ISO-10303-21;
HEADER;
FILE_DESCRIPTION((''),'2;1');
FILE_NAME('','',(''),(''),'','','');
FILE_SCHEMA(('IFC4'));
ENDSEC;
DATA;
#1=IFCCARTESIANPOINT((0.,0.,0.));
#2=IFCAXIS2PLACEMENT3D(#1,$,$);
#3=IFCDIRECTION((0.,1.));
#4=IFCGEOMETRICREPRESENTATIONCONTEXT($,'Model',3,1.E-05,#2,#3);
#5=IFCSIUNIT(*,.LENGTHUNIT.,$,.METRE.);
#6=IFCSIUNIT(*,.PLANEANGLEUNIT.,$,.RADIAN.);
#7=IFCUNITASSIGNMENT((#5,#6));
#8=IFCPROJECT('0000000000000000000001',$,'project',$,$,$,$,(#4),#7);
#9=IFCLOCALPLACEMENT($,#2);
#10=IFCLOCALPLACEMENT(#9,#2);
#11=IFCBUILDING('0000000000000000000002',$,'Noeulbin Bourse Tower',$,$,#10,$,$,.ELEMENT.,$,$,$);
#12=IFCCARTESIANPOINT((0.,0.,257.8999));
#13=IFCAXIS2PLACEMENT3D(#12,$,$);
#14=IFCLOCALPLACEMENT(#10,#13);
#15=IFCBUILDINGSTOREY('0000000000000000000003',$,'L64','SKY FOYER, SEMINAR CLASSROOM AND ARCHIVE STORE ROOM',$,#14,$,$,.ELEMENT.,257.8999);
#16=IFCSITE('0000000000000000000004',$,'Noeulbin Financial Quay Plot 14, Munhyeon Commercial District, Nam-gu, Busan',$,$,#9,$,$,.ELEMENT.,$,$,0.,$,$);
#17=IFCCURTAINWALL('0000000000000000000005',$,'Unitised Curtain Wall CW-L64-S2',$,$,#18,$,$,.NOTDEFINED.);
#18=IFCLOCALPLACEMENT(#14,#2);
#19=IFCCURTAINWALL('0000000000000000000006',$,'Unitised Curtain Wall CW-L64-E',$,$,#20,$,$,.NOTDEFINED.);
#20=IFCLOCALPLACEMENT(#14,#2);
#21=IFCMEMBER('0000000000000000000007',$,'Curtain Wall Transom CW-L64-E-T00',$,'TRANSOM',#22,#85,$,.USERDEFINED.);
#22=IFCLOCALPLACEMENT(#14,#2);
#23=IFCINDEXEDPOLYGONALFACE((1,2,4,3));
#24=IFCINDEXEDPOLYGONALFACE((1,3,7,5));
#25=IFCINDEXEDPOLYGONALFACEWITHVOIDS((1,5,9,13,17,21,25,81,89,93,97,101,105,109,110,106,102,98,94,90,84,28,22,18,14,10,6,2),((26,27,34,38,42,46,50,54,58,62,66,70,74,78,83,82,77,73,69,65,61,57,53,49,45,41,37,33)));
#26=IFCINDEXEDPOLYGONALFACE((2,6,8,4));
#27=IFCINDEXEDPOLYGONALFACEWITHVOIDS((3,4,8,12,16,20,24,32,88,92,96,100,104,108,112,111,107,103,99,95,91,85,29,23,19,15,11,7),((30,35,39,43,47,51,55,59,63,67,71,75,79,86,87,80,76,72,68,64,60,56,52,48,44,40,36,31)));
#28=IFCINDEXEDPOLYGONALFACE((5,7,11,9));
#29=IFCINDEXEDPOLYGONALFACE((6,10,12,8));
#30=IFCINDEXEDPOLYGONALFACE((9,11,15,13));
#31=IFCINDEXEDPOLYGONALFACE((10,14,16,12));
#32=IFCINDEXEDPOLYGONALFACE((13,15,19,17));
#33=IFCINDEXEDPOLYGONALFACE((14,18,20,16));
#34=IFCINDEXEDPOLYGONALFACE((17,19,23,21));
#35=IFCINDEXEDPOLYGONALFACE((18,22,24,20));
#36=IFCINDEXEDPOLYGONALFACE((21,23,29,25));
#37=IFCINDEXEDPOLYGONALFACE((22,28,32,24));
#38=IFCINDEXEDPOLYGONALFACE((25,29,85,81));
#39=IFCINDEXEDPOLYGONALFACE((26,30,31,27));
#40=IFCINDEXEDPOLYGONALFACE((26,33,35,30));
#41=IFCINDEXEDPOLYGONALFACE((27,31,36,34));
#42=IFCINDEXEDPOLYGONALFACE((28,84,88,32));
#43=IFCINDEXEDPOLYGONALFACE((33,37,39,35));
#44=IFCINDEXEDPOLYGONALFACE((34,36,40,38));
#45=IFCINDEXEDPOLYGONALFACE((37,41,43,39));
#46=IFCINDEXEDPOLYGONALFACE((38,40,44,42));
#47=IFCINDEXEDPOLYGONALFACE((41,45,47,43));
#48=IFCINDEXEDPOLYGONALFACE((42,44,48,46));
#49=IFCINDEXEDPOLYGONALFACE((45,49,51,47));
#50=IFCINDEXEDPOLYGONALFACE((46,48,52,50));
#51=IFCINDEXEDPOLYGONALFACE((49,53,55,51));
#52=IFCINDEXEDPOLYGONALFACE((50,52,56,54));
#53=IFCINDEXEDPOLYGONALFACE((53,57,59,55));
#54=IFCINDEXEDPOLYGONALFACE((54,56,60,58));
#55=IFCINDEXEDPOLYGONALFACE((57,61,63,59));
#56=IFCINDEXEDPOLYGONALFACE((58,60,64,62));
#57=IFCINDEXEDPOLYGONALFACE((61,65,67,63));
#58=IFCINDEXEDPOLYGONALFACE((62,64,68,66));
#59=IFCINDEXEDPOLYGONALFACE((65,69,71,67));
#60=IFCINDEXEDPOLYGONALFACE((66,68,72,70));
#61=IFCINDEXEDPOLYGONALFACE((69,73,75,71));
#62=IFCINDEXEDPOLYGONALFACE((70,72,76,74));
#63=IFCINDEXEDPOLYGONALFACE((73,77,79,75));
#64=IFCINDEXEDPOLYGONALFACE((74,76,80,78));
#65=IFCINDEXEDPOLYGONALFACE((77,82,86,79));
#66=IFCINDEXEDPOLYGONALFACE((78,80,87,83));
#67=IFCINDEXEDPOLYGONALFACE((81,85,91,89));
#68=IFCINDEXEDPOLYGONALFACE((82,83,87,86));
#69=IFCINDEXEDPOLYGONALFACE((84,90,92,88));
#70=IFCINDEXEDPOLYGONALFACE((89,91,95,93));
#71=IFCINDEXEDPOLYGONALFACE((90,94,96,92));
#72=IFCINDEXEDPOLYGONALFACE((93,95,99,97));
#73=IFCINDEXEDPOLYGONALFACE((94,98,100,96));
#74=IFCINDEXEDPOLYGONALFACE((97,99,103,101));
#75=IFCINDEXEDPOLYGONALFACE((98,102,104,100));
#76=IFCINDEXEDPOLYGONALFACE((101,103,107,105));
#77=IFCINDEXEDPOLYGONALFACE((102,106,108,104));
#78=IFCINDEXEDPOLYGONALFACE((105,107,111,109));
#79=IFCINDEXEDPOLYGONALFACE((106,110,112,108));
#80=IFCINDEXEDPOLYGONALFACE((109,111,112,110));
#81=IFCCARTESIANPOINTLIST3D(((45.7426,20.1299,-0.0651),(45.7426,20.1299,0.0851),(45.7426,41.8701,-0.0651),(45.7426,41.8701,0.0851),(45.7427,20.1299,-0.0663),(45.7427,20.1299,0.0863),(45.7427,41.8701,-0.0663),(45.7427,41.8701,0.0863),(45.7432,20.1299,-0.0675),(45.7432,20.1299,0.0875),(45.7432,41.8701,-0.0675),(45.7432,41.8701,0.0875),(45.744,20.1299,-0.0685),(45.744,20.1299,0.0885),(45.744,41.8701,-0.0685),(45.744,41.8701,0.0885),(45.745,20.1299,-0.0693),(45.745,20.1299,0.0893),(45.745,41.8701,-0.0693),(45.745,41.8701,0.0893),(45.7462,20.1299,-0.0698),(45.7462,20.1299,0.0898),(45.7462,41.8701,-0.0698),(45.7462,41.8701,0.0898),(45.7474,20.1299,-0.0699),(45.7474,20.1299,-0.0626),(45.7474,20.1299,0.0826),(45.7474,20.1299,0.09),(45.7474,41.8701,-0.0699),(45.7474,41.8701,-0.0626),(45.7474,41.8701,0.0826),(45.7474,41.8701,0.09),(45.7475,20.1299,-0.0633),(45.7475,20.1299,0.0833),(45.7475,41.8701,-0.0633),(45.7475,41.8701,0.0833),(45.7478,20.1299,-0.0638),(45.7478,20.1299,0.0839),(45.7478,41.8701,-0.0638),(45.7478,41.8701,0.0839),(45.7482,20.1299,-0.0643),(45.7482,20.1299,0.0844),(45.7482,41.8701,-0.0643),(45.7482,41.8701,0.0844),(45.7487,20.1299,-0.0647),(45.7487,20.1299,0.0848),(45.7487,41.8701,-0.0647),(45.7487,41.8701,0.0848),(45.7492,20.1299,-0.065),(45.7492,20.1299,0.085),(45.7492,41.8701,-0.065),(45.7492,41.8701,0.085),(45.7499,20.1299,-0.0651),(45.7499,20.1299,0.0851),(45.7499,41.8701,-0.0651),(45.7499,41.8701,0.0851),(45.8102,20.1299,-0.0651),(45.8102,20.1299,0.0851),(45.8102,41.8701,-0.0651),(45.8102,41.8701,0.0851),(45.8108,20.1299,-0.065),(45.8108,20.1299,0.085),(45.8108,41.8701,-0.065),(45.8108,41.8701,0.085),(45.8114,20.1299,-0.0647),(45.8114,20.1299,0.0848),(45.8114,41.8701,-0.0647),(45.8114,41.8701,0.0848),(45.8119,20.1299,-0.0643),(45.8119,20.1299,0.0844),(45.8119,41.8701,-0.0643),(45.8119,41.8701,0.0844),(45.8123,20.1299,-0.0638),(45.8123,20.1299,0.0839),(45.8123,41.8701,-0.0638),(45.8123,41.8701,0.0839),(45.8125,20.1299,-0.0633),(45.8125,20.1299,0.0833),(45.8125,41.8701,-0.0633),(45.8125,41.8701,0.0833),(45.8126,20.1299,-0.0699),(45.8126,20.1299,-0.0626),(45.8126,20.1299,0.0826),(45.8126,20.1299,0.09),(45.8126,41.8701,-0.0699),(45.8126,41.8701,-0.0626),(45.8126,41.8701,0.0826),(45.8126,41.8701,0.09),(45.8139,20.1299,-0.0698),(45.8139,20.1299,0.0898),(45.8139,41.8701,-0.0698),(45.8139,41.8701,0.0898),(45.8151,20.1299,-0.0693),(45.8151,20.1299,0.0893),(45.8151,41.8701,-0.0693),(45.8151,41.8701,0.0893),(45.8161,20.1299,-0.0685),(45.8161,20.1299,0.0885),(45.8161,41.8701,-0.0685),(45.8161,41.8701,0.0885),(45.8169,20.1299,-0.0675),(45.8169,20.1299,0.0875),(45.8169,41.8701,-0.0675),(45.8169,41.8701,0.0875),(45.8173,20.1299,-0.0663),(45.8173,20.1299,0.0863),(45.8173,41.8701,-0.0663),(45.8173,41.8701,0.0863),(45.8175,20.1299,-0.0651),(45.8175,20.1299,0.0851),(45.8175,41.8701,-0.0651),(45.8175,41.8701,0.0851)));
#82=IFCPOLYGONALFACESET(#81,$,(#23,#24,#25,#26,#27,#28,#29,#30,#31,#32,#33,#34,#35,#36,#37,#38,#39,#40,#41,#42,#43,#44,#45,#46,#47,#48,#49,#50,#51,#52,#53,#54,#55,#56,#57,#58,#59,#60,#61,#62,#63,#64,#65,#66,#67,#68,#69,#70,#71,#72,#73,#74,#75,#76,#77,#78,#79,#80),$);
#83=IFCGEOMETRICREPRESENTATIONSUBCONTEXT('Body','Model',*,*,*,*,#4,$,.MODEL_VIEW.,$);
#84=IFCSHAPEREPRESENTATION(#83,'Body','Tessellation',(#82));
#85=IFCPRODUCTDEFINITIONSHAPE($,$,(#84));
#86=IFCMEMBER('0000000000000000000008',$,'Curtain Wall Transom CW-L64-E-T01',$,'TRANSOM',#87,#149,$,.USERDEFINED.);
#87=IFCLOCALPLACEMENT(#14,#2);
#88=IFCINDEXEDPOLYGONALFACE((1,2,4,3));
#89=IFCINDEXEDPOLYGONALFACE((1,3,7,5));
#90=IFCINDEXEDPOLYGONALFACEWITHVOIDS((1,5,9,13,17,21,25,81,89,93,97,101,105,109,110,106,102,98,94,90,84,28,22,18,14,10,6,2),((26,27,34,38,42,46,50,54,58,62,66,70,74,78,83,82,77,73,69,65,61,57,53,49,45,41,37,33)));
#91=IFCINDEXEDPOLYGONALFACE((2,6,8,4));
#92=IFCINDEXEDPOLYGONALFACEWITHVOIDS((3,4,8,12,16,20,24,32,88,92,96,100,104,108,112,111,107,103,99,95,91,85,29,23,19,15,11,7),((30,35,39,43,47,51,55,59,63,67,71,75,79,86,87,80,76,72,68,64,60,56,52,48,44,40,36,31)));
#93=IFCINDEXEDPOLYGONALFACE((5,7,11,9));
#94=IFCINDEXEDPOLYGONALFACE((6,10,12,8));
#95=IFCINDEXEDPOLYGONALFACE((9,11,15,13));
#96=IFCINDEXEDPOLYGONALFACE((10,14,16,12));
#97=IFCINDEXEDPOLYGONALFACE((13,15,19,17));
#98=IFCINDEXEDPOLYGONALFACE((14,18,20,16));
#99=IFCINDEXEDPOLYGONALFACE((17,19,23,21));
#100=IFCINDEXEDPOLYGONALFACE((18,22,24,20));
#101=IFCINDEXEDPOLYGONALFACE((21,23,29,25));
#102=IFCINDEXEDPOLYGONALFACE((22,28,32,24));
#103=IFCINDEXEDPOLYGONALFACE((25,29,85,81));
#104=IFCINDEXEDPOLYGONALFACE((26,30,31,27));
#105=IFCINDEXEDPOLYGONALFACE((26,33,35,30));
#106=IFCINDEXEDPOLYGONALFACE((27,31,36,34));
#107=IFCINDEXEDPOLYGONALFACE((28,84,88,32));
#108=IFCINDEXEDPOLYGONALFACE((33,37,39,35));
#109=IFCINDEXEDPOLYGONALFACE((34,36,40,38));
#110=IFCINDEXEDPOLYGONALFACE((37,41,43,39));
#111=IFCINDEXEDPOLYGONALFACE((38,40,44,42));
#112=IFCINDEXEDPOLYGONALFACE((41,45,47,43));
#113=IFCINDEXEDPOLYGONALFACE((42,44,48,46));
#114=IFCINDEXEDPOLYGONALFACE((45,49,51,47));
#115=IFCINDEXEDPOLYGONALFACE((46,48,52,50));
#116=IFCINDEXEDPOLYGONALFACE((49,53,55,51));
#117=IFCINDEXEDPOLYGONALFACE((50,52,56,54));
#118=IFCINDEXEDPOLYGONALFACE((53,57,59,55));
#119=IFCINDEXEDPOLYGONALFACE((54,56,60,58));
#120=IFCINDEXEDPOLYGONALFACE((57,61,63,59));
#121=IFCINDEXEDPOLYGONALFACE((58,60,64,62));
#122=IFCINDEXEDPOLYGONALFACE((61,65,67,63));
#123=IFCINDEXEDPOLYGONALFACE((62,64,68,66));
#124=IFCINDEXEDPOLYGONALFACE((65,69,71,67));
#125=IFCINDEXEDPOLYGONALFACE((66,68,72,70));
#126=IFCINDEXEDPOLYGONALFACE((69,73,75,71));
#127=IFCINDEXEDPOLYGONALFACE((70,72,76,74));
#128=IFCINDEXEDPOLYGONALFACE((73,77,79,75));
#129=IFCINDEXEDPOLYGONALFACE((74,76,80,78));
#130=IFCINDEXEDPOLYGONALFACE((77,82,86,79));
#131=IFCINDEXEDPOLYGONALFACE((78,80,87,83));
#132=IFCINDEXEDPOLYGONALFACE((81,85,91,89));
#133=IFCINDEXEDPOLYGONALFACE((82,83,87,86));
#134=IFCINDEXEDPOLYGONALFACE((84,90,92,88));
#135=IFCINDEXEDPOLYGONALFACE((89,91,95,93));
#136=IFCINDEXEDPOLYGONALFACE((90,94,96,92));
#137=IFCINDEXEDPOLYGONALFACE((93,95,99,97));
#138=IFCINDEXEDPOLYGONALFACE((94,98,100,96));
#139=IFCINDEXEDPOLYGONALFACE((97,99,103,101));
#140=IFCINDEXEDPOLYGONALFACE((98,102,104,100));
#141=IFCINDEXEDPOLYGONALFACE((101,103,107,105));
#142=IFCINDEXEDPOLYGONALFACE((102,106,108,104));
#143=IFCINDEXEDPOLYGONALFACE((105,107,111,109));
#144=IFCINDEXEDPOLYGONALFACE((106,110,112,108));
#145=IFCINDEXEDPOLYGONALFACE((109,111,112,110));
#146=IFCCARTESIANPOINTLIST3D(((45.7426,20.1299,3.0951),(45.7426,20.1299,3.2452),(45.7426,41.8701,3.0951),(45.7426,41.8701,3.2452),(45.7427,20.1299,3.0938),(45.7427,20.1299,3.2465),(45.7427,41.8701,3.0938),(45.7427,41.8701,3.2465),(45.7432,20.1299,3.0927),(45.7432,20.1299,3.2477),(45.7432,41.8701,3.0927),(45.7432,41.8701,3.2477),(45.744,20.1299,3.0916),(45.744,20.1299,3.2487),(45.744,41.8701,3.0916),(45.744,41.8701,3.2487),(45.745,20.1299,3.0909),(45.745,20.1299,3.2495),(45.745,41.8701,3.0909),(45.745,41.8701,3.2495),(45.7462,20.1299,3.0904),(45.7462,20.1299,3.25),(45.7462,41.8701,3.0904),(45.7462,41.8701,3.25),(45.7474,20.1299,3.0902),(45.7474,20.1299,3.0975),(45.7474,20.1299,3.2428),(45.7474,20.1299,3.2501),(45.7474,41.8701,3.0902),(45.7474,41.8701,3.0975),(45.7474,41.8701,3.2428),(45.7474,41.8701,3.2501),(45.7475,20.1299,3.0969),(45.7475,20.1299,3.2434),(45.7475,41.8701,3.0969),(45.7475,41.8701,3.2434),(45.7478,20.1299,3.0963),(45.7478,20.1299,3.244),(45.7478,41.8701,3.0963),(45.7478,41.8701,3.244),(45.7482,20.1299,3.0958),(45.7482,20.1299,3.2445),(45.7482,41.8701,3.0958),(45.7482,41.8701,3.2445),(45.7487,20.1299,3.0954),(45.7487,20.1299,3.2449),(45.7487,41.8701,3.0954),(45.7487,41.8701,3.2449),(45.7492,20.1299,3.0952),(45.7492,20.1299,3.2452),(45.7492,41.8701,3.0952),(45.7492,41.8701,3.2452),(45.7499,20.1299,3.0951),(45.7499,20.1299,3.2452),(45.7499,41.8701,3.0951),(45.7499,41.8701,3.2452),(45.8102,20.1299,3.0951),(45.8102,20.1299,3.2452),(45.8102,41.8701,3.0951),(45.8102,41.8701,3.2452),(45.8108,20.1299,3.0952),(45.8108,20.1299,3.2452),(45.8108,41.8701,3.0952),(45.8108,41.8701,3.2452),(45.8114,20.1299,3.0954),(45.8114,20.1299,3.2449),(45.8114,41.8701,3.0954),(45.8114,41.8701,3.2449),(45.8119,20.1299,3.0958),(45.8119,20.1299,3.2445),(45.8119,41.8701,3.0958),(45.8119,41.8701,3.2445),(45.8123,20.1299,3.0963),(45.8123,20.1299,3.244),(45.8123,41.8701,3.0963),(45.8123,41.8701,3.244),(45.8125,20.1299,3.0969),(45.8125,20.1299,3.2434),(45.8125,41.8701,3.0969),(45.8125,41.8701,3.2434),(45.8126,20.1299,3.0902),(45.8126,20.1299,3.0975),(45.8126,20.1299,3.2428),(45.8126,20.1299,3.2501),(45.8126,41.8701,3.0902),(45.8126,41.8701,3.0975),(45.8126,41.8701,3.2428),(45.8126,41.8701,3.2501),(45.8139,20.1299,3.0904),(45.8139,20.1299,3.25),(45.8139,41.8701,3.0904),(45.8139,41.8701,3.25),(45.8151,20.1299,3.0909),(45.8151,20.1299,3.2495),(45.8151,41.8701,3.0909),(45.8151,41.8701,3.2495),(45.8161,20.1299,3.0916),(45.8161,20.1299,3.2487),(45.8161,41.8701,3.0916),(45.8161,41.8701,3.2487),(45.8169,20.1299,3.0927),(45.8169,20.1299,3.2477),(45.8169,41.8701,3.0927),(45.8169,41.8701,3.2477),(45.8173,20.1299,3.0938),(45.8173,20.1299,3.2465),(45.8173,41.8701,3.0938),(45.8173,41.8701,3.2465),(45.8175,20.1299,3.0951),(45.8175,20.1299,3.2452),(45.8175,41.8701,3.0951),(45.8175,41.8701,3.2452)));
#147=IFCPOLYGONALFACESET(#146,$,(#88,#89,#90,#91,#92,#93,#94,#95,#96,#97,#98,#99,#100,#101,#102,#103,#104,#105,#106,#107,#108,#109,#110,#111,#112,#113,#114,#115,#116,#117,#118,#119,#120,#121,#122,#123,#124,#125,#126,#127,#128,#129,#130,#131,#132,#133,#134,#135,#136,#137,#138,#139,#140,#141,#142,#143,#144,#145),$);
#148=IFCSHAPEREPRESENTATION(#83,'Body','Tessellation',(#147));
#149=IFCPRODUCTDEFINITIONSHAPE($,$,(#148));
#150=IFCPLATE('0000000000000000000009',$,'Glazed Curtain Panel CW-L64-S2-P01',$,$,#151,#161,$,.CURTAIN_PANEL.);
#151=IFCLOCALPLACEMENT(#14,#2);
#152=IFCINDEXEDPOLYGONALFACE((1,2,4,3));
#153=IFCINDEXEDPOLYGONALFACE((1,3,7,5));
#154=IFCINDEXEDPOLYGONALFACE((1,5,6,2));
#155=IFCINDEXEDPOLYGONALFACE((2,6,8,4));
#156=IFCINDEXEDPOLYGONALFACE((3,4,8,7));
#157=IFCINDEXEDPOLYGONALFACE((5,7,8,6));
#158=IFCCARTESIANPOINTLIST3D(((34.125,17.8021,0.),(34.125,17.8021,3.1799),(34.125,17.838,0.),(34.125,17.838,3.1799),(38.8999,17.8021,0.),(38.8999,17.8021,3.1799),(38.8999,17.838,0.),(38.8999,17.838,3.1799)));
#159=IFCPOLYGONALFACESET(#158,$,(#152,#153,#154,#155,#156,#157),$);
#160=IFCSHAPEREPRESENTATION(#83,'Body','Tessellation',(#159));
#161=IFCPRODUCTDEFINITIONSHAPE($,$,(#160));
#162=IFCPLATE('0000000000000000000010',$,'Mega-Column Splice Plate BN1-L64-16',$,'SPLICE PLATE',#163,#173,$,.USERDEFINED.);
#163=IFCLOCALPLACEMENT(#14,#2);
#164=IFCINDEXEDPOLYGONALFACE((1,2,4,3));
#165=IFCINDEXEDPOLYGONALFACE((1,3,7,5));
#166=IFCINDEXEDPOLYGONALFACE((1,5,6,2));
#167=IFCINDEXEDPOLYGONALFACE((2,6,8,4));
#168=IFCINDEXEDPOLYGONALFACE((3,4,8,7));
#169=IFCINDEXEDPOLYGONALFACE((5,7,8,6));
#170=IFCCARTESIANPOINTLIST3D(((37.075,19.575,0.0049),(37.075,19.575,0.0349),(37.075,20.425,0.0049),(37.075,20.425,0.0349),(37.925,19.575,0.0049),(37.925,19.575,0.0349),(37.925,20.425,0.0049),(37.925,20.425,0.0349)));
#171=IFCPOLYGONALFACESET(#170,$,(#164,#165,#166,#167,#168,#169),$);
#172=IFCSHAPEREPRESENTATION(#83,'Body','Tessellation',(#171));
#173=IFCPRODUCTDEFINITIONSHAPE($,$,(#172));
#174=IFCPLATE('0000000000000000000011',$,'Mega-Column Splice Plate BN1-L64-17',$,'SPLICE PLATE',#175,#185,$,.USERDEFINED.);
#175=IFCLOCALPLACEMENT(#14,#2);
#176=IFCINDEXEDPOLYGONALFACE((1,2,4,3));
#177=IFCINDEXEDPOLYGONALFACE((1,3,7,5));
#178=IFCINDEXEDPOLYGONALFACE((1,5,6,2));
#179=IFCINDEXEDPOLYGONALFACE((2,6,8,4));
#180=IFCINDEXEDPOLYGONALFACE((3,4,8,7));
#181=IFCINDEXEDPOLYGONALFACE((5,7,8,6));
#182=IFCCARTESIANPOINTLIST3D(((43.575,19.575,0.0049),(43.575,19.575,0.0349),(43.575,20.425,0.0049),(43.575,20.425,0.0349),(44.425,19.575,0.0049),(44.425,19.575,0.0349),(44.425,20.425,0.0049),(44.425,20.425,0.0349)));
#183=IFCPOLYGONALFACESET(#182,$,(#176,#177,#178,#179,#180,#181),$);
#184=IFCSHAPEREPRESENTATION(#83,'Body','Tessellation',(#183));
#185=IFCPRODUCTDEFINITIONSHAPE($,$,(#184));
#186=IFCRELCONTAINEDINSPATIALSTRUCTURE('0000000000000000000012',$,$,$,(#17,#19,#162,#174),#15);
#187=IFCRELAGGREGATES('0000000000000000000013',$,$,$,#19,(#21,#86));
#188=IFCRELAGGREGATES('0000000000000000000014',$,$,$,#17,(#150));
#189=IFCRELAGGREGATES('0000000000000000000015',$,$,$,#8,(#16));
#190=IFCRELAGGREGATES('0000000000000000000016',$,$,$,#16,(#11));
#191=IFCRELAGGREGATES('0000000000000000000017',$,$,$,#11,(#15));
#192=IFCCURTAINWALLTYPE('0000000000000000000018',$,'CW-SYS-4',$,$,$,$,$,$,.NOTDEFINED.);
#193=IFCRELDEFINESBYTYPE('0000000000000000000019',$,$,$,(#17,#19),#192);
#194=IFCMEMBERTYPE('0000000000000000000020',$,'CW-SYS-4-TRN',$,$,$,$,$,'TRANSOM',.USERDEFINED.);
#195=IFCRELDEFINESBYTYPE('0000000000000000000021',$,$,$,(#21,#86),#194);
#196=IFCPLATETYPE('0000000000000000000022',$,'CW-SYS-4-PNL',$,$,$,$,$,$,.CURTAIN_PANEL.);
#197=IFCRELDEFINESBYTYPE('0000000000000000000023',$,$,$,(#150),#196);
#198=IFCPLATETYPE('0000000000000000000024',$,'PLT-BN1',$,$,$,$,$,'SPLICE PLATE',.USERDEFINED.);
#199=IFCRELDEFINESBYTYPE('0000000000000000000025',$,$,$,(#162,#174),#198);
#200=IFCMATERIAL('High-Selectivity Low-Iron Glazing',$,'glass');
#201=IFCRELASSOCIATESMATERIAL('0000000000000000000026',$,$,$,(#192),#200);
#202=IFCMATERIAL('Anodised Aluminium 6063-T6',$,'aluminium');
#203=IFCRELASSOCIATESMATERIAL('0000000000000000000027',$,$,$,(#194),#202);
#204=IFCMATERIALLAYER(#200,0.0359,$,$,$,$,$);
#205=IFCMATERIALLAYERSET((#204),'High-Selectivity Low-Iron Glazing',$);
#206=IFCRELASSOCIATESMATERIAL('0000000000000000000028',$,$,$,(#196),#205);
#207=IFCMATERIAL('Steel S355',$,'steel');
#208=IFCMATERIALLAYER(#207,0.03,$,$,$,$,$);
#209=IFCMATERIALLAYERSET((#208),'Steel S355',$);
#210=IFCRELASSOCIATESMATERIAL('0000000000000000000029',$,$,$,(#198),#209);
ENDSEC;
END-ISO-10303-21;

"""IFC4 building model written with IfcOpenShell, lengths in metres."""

from ifc_helpers import new_model, si_unit, direction, frame, origin, origin_2d, place, context, subcontext, project, spatial, rectangle, hollow_rectangle, extrude, material, layer, layer_set, material_profile, profile_set, type_object, element, aggregate, save


model = new_model("IFC4")

# Units and contexts
model_context = context("Model", 3, precision=1e-05, world=origin(), true_north=direction((0.0, 1.0)))
body_context = subcontext(model_context, "Body", "Model", "MODEL_VIEW")
ifc_project = project(units=[si_unit("LENGTHUNIT", "METRE"), si_unit("PLANEANGLEUNIT", "RADIAN")], contexts=[model_context])

# Site, building, storey
site_placement = place(None, origin())
site = spatial("IfcSite", under=ifc_project, at=site_placement, Name="Noeulbin Financial Quay Plot 14, Munhyeon Commercial District, Nam-gu, Busan", CompositionType="ELEMENT", RefElevation=0.0)
building_placement = place(site_placement, origin())
building = spatial("IfcBuilding", under=site, at=building_placement, Name="Noeulbin Bourse Tower", CompositionType="ELEMENT")
storey_placement = place(building_placement, frame((0.0, 0.0, 257.8999)))
storey = spatial("IfcBuildingStorey", under=building, at=storey_placement, Name="L64", Description="SKY FOYER, SEMINAR CLASSROOM AND ARCHIVE STORE ROOM", CompositionType="ELEMENT", Elevation=257.8999)

# Shared definitions
ifc_material_1 = material(Name="Steel S355", Category="steel")

# Curtain wall
ifc_material_2 = material(Name="High-Selectivity Low-Iron Glazing", Category="glass")
curtain_wall_type = type_object("IfcCurtainWallType", Name="CW-SYS-4", PredefinedType="NOTDEFINED", material=ifc_material_2)
curtain_wall_1_placement = place(storey_placement, origin())
curtain_wall_1 = element("IfcCurtainWall", 1, at=curtain_wall_1_placement, inside=storey, type_object=curtain_wall_type, Name="Unitised Curtain Wall CW-L64-S2", PredefinedType="NOTDEFINED")
ifc_material_3 = material(Name="Anodised Aluminium 6063-T6", Category="aluminium")

# Curtain wall, members
curtain_wall_2_placement = place(storey_placement, origin())
curtain_wall_2 = element("IfcCurtainWall", 2, at=curtain_wall_2_placement, inside=storey, type_object=curtain_wall_type, Name="Unitised Curtain Wall CW-L64-E", PredefinedType="NOTDEFINED")
ifc_material_profile_1 = material_profile(ifc_material_3, hollow_rectangle(XDim=0.075, YDim=0.1599, WallThickness=0.0049, InnerFilletRadius=0.0024, OuterFilletRadius=0.0049, at=origin_2d()), Name="ALU-TRAN-75x160x5", Category="LoadBearing")
ifc_profile_set_1 = profile_set([ifc_material_profile_1], Name="Anodised Aluminium 6063-T6")
member_type_1 = type_object("IfcMemberType", Name="CW-SYS-4-TRN", ElementType="TRANSOM", PredefinedType="USERDEFINED", material=ifc_profile_set_1)
member_1_placement = place(storey_placement, frame((45.78, 20.1299, 0.01), z_axis=(0.0, 1.0, 0.0), x_axis=(-1.0, 0.0, 0.0)))
member_1 = element("IfcMember", 3, at=member_1_placement, type_object=member_type_1, Name="Curtain Wall Transom CW-L64-E-T00", ObjectType="TRANSOM", PredefinedType="USERDEFINED", context=body_context, shape_type="SweptSolid", body=[
    extrude(hollow_rectangle(XDim=0.075, YDim=0.1599, WallThickness=0.0049, InnerFilletRadius=0.0024, OuterFilletRadius=0.0049, at=origin_2d()), origin(), (0.0, 0.0, 1.0), 21.7402),
])
member_2_placement = place(storey_placement, frame((45.78, 20.1299, 3.1702), z_axis=(0.0, 1.0, 0.0), x_axis=(-1.0, 0.0, 0.0)))
member_2 = element("IfcMember", 4, at=member_2_placement, type_object=member_type_1, Name="Curtain Wall Transom CW-L64-E-T01", ObjectType="TRANSOM", PredefinedType="USERDEFINED", context=body_context, shape_type="SweptSolid", body=[
    extrude(hollow_rectangle(XDim=0.075, YDim=0.1599, WallThickness=0.0049, InnerFilletRadius=0.0024, OuterFilletRadius=0.0049, at=origin_2d()), origin(), (0.0, 0.0, 1.0), 21.7402),
])
aggregate(curtain_wall_2, [member_1, member_2])

# Plate
ifc_layer_1 = layer(ifc_material_2, 0.0359)
ifc_layer_set_1 = layer_set([ifc_layer_1], Name="High-Selectivity Low-Iron Glazing")
plate_type_1 = type_object("IfcPlateType", Name="CW-SYS-4-PNL", PredefinedType="CURTAIN_PANEL", material=ifc_layer_set_1)
plate_placement = place(storey_placement, frame((36.5125, 17.8201, 0.0), z_axis=(0.0, 0.0, 1.0), x_axis=(1.0, 0.0, 0.0)))
plate = element("IfcPlate", 5, at=plate_placement, type_object=plate_type_1, Name="Glazed Curtain Panel CW-L64-S2-P01", PredefinedType="CURTAIN_PANEL", context=body_context, shape_type="SweptSolid", body=[
    extrude(rectangle(XDim=4.7749, YDim=0.0359, at=origin_2d()), origin(), (0.0, 0.0, 1.0), 3.1799),
])
aggregate(curtain_wall_1, [plate])

# Plates
ifc_layer_2 = layer(ifc_material_1, 0.03)
ifc_layer_set_2 = layer_set([ifc_layer_2], Name="Steel S355")
plate_type_2 = type_object("IfcPlateType", Name="PLT-BN1", ElementType="SPLICE PLATE", PredefinedType="USERDEFINED", material=ifc_layer_set_2)
for number, where, z_axis, x_axis, name in (
    (6, (37.5, 20.0, 0.0049), (0.0, 0.0, 1.0), (1.0, 0.0, 0.0), "Mega-Column Splice Plate BN1-L64-16"),
    (7, (44.0, 20.0, 0.0049), (0.0, 0.0, 1.0), (1.0, 0.0, 0.0), "Mega-Column Splice Plate BN1-L64-17"),
):
    element("IfcPlate", number, at=place(storey_placement, frame(where, z_axis=z_axis, x_axis=x_axis)), inside=storey, type_object=plate_type_2, Name=name, ObjectType="SPLICE PLATE", PredefinedType="USERDEFINED", context=body_context, shape_type="SweptSolid", body=[
        extrude(rectangle(XDim=0.8501, YDim=0.8501, at=origin_2d()), origin(), (0.0, 0.0, 1.0), 0.03),
    ])

save(model, "model.ifc")
